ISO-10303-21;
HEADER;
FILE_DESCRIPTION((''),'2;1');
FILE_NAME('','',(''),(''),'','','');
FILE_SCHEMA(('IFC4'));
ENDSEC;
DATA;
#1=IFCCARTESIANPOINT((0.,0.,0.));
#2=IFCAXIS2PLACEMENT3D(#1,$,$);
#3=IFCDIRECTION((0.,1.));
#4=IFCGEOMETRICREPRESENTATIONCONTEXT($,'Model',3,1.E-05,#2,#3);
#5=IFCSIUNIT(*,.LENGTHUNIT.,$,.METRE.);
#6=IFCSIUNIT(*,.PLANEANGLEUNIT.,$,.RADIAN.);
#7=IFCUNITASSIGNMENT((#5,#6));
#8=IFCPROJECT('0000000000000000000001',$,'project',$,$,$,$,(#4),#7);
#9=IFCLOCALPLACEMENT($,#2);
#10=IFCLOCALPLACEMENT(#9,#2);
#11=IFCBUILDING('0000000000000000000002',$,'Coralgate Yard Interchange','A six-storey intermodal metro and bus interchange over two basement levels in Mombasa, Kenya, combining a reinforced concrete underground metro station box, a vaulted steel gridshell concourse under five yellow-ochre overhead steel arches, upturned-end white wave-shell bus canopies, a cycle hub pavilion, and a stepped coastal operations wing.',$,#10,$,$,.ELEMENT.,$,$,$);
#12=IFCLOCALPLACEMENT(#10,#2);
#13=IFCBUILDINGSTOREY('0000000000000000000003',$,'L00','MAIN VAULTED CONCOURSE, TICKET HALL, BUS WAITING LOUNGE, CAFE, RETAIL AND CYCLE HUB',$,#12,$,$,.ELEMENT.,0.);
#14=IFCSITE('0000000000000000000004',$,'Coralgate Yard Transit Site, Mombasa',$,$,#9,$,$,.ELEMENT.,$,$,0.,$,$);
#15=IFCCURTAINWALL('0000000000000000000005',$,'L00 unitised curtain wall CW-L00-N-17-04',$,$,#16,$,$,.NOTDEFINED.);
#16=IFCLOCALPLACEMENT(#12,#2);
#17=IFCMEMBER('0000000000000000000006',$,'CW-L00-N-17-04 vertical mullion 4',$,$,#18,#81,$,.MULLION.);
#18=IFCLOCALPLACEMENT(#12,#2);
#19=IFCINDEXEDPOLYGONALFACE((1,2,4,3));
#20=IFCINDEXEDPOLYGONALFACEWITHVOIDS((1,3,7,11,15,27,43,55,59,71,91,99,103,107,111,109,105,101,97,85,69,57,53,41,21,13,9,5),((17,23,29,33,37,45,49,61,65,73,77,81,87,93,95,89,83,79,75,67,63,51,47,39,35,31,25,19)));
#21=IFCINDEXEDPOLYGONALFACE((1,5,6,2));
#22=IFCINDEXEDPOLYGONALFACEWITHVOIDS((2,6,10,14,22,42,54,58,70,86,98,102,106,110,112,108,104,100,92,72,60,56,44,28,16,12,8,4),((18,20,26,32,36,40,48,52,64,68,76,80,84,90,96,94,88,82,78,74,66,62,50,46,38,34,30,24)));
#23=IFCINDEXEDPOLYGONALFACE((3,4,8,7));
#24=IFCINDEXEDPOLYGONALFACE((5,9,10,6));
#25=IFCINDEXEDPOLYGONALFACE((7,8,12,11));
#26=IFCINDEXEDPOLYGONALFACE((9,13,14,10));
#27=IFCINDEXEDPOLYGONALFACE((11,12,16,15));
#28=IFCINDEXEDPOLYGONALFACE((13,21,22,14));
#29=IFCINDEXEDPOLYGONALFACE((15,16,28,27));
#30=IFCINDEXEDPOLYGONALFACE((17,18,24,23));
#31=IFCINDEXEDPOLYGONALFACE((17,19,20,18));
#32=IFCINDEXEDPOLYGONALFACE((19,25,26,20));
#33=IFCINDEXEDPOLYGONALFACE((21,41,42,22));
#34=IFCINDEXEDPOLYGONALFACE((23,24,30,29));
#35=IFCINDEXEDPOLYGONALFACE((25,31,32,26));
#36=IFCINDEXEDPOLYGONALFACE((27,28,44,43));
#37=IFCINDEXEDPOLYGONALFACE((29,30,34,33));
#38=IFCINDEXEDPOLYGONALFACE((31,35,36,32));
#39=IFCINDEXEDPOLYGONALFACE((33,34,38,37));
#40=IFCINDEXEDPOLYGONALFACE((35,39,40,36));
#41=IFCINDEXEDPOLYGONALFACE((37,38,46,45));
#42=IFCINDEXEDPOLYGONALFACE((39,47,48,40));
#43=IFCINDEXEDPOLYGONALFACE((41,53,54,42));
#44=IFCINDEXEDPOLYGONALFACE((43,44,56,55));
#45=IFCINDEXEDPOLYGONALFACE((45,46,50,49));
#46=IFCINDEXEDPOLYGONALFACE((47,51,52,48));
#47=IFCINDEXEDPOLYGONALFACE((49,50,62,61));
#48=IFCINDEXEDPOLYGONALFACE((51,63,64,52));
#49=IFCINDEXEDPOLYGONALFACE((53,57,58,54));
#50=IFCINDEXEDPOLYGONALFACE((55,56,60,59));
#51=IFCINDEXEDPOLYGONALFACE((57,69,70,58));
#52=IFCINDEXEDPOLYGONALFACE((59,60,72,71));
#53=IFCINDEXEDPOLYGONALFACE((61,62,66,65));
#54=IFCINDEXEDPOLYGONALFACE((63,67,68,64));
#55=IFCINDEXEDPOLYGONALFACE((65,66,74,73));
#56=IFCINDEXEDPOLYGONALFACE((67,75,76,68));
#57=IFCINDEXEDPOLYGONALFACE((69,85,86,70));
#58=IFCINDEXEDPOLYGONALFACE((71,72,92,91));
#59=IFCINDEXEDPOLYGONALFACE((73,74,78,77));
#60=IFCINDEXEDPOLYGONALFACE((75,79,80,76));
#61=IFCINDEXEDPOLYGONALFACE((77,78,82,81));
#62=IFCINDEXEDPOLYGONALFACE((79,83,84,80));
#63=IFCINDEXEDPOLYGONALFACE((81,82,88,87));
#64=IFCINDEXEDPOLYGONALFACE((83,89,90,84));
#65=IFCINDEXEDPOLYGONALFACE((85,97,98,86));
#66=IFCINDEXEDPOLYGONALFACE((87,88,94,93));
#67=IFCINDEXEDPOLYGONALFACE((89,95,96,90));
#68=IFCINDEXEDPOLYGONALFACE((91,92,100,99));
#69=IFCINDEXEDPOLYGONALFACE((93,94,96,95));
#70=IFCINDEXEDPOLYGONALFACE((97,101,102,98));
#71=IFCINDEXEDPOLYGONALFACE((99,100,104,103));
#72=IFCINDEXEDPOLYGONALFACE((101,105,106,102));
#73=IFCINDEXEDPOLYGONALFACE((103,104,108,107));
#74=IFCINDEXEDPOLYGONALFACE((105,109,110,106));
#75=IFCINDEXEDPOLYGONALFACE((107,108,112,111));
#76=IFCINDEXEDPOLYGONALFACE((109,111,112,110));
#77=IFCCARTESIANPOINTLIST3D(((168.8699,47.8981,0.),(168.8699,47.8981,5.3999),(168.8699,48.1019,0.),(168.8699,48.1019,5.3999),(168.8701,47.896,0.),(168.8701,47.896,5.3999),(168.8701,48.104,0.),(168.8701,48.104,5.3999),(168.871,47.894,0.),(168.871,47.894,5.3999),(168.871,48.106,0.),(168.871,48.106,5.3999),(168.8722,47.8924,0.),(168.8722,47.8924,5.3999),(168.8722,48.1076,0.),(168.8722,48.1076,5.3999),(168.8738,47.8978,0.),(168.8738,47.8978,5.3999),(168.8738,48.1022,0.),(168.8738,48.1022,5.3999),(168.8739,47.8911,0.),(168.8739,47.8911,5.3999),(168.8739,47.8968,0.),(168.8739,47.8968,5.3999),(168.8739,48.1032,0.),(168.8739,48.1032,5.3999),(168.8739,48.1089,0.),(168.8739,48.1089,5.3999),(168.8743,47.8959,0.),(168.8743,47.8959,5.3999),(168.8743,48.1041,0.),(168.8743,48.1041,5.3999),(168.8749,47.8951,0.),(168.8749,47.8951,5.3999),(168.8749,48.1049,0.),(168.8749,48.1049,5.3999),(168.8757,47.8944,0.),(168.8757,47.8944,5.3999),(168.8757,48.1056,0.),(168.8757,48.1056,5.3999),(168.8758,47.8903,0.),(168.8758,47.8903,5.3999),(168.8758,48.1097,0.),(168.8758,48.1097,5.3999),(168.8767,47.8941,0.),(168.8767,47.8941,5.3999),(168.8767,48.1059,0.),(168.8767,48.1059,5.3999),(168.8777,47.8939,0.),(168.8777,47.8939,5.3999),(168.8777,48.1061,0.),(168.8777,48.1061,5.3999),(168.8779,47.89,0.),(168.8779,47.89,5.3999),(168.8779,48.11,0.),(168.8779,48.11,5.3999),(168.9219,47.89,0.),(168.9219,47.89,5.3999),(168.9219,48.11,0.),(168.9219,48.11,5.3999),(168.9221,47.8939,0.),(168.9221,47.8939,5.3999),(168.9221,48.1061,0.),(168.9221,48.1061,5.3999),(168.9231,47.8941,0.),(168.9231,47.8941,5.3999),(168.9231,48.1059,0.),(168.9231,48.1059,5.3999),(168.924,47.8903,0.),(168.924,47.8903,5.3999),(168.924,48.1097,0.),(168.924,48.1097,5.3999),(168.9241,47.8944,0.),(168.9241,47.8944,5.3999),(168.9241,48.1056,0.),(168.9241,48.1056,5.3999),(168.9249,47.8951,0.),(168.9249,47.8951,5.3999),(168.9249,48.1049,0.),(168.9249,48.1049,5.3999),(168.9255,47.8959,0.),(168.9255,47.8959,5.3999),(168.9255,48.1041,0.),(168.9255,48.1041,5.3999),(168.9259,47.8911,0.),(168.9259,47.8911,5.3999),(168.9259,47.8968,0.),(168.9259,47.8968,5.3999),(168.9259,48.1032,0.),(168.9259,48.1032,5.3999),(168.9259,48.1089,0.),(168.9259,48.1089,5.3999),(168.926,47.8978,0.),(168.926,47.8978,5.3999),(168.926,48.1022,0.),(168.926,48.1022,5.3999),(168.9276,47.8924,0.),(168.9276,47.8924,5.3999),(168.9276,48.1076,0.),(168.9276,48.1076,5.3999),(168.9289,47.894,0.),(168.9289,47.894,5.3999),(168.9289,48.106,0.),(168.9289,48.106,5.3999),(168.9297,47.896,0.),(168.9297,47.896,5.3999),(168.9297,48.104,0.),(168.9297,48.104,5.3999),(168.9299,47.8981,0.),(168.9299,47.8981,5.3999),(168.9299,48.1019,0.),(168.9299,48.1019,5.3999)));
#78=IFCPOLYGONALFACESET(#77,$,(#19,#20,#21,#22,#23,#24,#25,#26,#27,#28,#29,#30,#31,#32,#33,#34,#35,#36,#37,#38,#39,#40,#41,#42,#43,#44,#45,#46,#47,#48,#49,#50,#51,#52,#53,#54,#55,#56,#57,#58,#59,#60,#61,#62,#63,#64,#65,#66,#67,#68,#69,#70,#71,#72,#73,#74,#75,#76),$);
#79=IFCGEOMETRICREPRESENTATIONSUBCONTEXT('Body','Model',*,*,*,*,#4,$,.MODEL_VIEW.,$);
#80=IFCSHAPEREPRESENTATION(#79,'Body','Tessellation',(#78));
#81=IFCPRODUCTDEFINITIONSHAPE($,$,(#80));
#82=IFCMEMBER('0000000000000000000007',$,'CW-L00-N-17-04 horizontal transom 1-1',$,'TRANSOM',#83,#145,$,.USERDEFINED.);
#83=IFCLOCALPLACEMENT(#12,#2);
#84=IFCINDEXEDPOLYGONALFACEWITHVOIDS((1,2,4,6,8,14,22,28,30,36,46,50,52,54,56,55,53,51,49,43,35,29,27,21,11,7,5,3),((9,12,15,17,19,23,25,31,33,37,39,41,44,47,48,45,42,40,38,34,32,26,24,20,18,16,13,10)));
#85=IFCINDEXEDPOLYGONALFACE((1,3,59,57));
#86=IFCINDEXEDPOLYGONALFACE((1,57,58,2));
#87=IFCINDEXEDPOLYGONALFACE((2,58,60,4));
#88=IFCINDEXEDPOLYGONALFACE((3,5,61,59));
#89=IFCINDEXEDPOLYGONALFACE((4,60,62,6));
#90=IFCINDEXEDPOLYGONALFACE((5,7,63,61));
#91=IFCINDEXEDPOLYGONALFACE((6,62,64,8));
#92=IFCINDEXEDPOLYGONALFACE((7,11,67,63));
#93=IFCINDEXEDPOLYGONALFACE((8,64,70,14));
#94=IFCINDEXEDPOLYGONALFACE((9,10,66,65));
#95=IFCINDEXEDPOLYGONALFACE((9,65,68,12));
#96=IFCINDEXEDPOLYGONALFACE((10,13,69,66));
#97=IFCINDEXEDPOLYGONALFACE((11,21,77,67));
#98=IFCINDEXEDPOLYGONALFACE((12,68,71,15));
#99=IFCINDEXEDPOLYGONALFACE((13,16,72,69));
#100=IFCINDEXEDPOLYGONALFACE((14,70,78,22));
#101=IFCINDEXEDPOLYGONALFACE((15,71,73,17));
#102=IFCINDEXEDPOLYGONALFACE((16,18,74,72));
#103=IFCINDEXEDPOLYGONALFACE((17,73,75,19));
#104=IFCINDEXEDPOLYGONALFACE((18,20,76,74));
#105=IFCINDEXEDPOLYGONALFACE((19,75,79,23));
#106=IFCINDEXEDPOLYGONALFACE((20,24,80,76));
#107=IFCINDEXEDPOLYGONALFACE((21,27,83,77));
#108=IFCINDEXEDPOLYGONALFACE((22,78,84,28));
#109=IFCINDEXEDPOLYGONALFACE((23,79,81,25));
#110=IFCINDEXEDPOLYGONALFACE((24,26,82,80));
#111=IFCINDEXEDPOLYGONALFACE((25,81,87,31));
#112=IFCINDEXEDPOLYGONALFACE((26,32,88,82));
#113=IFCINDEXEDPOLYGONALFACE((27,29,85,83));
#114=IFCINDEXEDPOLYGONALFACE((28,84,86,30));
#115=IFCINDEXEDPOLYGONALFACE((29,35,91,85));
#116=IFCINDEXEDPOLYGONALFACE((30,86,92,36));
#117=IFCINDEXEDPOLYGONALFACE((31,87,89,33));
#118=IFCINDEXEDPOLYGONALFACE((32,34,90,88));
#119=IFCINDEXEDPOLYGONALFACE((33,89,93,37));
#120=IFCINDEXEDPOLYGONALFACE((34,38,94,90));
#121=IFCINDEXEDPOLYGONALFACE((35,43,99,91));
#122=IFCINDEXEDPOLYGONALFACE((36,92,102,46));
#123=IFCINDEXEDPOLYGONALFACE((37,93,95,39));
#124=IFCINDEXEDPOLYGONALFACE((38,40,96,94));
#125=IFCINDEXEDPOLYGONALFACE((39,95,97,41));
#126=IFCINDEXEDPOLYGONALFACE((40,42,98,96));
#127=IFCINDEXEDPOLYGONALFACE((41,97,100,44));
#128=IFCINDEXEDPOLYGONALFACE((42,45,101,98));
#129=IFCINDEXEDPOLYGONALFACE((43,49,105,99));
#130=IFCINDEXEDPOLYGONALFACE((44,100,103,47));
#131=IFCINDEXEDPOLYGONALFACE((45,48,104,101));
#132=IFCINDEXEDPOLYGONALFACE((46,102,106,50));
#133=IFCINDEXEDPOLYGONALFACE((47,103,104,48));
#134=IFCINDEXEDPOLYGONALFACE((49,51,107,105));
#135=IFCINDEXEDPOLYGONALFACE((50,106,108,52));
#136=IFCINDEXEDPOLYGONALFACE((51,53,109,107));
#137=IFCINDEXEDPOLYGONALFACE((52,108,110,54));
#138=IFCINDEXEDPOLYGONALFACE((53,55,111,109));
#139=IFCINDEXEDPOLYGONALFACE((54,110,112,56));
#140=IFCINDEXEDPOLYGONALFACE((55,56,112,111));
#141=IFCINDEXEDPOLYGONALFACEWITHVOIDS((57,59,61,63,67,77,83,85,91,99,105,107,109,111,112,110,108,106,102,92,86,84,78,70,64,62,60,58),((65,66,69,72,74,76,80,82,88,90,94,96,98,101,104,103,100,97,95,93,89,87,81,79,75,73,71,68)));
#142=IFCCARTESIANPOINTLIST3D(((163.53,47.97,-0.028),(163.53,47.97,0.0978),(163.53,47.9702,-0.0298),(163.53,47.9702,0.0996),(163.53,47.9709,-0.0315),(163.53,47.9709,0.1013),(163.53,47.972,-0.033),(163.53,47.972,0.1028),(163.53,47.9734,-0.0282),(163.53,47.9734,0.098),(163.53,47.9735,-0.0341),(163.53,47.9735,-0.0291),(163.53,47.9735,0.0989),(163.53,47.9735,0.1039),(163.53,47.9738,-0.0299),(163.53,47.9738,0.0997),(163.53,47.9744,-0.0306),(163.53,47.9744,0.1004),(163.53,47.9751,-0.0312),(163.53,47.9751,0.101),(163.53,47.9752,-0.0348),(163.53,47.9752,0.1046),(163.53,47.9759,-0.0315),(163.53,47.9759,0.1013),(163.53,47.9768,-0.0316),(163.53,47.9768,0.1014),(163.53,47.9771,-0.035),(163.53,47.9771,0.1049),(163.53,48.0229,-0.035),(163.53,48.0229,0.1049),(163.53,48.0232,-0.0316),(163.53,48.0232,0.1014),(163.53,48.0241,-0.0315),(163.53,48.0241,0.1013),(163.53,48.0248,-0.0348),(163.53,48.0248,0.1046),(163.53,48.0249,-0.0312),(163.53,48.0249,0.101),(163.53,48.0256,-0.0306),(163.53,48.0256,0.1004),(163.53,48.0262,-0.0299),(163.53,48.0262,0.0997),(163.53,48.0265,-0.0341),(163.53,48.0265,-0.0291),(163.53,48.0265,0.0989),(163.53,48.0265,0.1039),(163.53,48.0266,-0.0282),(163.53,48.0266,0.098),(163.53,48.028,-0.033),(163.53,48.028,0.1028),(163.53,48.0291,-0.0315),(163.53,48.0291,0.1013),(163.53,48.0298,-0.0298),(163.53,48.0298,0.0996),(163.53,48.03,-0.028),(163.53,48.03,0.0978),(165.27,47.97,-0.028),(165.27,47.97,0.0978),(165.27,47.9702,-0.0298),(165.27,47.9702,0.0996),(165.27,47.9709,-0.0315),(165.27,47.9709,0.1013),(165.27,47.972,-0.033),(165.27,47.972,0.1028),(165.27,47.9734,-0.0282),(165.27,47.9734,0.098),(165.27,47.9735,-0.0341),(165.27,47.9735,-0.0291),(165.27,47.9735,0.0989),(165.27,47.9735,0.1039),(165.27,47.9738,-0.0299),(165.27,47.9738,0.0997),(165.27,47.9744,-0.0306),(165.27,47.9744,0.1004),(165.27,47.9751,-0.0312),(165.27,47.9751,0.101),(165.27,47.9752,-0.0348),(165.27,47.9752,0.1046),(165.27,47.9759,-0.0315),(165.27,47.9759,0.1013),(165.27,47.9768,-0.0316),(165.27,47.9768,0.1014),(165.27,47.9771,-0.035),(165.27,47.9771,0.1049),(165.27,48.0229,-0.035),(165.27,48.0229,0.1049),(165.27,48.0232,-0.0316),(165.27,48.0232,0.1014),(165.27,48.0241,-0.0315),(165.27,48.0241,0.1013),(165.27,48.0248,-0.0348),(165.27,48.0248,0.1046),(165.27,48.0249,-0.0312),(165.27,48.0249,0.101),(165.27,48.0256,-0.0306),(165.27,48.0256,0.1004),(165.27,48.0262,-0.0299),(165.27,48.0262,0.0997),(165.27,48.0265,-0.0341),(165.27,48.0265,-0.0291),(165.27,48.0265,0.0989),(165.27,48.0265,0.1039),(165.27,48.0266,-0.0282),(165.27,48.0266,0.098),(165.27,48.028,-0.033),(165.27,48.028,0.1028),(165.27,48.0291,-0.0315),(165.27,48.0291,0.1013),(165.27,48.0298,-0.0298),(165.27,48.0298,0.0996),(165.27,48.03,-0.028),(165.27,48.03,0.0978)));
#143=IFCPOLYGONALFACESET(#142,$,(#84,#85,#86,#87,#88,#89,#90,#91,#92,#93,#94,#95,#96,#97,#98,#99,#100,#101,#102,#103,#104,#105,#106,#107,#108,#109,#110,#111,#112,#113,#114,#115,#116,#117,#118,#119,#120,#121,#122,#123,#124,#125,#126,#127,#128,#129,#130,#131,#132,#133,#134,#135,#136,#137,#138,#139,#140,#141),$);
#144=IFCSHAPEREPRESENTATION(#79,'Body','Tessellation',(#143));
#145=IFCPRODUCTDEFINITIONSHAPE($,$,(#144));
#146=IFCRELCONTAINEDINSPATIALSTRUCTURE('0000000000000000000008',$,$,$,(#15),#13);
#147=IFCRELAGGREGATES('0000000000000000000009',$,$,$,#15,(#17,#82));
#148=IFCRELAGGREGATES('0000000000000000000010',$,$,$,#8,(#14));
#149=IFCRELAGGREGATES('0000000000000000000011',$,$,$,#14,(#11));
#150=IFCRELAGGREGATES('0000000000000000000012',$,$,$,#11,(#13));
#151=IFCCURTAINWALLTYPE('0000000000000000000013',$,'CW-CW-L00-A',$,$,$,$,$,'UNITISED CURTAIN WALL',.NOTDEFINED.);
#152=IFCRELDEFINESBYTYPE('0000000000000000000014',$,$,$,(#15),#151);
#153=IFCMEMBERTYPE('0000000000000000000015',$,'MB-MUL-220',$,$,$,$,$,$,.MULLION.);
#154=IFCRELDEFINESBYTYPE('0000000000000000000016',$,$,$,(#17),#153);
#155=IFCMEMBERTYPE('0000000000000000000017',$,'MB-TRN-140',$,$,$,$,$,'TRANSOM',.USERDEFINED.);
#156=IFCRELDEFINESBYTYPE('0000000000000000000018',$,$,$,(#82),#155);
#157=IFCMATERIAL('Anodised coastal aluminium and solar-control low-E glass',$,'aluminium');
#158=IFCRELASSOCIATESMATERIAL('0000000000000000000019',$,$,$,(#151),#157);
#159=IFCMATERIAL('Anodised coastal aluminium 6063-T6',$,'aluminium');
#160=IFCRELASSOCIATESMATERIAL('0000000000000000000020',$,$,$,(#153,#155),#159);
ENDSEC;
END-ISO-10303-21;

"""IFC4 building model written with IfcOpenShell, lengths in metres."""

from ifc_helpers import new_model, si_unit, direction, frame, origin, origin_2d, place, context, subcontext, project, spatial, hollow_rectangle, extrude, material, material_profile, profile_set, type_object, element, aggregate, save


model = new_model("IFC4")

# Units and contexts
model_context = context("Model", 3, precision=1e-05, world=origin(), true_north=direction((0.0, 1.0)))
body_context = subcontext(model_context, "Body", "Model", "MODEL_VIEW")
ifc_project = project(units=[si_unit("LENGTHUNIT", "METRE"), si_unit("PLANEANGLEUNIT", "RADIAN")], contexts=[model_context])

# Site, building, storey
site_placement = place(None, origin())
site = spatial("IfcSite", under=ifc_project, at=site_placement, Name="Coralgate Yard Transit Site, Mombasa", CompositionType="ELEMENT", RefElevation=0.0)
building_placement = place(site_placement, origin())
building = spatial("IfcBuilding", under=site, at=building_placement, Name="Coralgate Yard Interchange", Description="A six-storey intermodal metro and bus interchange over two basement levels in Mombasa, Kenya, combining a reinforced concrete underground metro station box, a vaulted steel gridshell concourse under five yellow-ochre overhead steel arches, upturned-end white wave-shell bus canopies, a cycle hub pavilion, and a stepped coastal operations wing.", CompositionType="ELEMENT")
storey_placement = place(building_placement, origin())
storey = spatial("IfcBuildingStorey", under=building, at=storey_placement, Name="L00", Description="MAIN VAULTED CONCOURSE, TICKET HALL, BUS WAITING LOUNGE, CAFE, RETAIL AND CYCLE HUB", CompositionType="ELEMENT", Elevation=0.0)

# Curtain wall, members
ifc_material_1 = material(Name="Anodised coastal aluminium and solar-control low-E glass", Category="aluminium")
curtain_wall_type = type_object("IfcCurtainWallType", Name="CW-CW-L00-A", ElementType="UNITISED CURTAIN WALL", PredefinedType="NOTDEFINED", material=ifc_material_1)
curtain_wall_placement = place(storey_placement, origin())
curtain_wall = element("IfcCurtainWall", 1, at=curtain_wall_placement, inside=storey, type_object=curtain_wall_type, Name="L00 unitised curtain wall CW-L00-N-17-04", PredefinedType="NOTDEFINED")
ifc_material_2 = material(Name="Anodised coastal aluminium 6063-T6", Category="aluminium")
ifc_material_profile_1 = material_profile(ifc_material_2, hollow_rectangle(XDim=0.0601, YDim=0.22, WallThickness=0.0039, InnerFilletRadius=0.0039, OuterFilletRadius=0.0081, at=origin_2d()), Name="ALU 60x220x4")
ifc_profile_set_1 = profile_set([ifc_material_profile_1], Name="Anodised coastal aluminium 6063-T6")
member_type_1 = type_object("IfcMemberType", Name="MB-MUL-220", PredefinedType="MULLION", material=ifc_profile_set_1)
member_1_placement = place(storey_placement, frame((168.8999, 48.0, 0.0), z_axis=(0.0, 0.0, 1.0), x_axis=(1.0, 0.0, 0.0)))
member_1 = element("IfcMember", 2, at=member_1_placement, type_object=member_type_1, Name="CW-L00-N-17-04 vertical mullion 4", PredefinedType="MULLION", context=body_context, shape_type="SweptSolid", body=[
    extrude(hollow_rectangle(XDim=0.0601, YDim=0.22, WallThickness=0.0039, InnerFilletRadius=0.0039, OuterFilletRadius=0.0081, at=origin_2d()), origin(), (0.0, 0.0, 1.0), 5.3999),
])
ifc_material_profile_2 = material_profile(ifc_material_2, hollow_rectangle(XDim=0.0601, YDim=0.1399, WallThickness=0.0034, InnerFilletRadius=0.0034, OuterFilletRadius=0.0071, at=origin_2d()), Name="ALU 60x140x3.5")
ifc_profile_set_2 = profile_set([ifc_material_profile_2], Name="Anodised coastal aluminium 6063-T6")
member_type_2 = type_object("IfcMemberType", Name="MB-TRN-140", ElementType="TRANSOM", PredefinedType="USERDEFINED", material=ifc_profile_set_2)
member_2_placement = place(storey_placement, frame((163.53, 48.0, 0.0349), z_axis=(1.0, 0.0, 0.0), x_axis=(0.0, 1.0, 0.0)))
member_2 = element("IfcMember", 3, at=member_2_placement, type_object=member_type_2, Name="CW-L00-N-17-04 horizontal transom 1-1", ObjectType="TRANSOM", PredefinedType="USERDEFINED", context=body_context, shape_type="SweptSolid", body=[
    extrude(hollow_rectangle(XDim=0.0601, YDim=0.1399, WallThickness=0.0034, InnerFilletRadius=0.0034, OuterFilletRadius=0.0071, at=origin_2d()), origin(), (0.0, 0.0, 1.0), 1.74),
])
aggregate(curtain_wall, [member_1, member_2])

save(model, "model.ifc")
